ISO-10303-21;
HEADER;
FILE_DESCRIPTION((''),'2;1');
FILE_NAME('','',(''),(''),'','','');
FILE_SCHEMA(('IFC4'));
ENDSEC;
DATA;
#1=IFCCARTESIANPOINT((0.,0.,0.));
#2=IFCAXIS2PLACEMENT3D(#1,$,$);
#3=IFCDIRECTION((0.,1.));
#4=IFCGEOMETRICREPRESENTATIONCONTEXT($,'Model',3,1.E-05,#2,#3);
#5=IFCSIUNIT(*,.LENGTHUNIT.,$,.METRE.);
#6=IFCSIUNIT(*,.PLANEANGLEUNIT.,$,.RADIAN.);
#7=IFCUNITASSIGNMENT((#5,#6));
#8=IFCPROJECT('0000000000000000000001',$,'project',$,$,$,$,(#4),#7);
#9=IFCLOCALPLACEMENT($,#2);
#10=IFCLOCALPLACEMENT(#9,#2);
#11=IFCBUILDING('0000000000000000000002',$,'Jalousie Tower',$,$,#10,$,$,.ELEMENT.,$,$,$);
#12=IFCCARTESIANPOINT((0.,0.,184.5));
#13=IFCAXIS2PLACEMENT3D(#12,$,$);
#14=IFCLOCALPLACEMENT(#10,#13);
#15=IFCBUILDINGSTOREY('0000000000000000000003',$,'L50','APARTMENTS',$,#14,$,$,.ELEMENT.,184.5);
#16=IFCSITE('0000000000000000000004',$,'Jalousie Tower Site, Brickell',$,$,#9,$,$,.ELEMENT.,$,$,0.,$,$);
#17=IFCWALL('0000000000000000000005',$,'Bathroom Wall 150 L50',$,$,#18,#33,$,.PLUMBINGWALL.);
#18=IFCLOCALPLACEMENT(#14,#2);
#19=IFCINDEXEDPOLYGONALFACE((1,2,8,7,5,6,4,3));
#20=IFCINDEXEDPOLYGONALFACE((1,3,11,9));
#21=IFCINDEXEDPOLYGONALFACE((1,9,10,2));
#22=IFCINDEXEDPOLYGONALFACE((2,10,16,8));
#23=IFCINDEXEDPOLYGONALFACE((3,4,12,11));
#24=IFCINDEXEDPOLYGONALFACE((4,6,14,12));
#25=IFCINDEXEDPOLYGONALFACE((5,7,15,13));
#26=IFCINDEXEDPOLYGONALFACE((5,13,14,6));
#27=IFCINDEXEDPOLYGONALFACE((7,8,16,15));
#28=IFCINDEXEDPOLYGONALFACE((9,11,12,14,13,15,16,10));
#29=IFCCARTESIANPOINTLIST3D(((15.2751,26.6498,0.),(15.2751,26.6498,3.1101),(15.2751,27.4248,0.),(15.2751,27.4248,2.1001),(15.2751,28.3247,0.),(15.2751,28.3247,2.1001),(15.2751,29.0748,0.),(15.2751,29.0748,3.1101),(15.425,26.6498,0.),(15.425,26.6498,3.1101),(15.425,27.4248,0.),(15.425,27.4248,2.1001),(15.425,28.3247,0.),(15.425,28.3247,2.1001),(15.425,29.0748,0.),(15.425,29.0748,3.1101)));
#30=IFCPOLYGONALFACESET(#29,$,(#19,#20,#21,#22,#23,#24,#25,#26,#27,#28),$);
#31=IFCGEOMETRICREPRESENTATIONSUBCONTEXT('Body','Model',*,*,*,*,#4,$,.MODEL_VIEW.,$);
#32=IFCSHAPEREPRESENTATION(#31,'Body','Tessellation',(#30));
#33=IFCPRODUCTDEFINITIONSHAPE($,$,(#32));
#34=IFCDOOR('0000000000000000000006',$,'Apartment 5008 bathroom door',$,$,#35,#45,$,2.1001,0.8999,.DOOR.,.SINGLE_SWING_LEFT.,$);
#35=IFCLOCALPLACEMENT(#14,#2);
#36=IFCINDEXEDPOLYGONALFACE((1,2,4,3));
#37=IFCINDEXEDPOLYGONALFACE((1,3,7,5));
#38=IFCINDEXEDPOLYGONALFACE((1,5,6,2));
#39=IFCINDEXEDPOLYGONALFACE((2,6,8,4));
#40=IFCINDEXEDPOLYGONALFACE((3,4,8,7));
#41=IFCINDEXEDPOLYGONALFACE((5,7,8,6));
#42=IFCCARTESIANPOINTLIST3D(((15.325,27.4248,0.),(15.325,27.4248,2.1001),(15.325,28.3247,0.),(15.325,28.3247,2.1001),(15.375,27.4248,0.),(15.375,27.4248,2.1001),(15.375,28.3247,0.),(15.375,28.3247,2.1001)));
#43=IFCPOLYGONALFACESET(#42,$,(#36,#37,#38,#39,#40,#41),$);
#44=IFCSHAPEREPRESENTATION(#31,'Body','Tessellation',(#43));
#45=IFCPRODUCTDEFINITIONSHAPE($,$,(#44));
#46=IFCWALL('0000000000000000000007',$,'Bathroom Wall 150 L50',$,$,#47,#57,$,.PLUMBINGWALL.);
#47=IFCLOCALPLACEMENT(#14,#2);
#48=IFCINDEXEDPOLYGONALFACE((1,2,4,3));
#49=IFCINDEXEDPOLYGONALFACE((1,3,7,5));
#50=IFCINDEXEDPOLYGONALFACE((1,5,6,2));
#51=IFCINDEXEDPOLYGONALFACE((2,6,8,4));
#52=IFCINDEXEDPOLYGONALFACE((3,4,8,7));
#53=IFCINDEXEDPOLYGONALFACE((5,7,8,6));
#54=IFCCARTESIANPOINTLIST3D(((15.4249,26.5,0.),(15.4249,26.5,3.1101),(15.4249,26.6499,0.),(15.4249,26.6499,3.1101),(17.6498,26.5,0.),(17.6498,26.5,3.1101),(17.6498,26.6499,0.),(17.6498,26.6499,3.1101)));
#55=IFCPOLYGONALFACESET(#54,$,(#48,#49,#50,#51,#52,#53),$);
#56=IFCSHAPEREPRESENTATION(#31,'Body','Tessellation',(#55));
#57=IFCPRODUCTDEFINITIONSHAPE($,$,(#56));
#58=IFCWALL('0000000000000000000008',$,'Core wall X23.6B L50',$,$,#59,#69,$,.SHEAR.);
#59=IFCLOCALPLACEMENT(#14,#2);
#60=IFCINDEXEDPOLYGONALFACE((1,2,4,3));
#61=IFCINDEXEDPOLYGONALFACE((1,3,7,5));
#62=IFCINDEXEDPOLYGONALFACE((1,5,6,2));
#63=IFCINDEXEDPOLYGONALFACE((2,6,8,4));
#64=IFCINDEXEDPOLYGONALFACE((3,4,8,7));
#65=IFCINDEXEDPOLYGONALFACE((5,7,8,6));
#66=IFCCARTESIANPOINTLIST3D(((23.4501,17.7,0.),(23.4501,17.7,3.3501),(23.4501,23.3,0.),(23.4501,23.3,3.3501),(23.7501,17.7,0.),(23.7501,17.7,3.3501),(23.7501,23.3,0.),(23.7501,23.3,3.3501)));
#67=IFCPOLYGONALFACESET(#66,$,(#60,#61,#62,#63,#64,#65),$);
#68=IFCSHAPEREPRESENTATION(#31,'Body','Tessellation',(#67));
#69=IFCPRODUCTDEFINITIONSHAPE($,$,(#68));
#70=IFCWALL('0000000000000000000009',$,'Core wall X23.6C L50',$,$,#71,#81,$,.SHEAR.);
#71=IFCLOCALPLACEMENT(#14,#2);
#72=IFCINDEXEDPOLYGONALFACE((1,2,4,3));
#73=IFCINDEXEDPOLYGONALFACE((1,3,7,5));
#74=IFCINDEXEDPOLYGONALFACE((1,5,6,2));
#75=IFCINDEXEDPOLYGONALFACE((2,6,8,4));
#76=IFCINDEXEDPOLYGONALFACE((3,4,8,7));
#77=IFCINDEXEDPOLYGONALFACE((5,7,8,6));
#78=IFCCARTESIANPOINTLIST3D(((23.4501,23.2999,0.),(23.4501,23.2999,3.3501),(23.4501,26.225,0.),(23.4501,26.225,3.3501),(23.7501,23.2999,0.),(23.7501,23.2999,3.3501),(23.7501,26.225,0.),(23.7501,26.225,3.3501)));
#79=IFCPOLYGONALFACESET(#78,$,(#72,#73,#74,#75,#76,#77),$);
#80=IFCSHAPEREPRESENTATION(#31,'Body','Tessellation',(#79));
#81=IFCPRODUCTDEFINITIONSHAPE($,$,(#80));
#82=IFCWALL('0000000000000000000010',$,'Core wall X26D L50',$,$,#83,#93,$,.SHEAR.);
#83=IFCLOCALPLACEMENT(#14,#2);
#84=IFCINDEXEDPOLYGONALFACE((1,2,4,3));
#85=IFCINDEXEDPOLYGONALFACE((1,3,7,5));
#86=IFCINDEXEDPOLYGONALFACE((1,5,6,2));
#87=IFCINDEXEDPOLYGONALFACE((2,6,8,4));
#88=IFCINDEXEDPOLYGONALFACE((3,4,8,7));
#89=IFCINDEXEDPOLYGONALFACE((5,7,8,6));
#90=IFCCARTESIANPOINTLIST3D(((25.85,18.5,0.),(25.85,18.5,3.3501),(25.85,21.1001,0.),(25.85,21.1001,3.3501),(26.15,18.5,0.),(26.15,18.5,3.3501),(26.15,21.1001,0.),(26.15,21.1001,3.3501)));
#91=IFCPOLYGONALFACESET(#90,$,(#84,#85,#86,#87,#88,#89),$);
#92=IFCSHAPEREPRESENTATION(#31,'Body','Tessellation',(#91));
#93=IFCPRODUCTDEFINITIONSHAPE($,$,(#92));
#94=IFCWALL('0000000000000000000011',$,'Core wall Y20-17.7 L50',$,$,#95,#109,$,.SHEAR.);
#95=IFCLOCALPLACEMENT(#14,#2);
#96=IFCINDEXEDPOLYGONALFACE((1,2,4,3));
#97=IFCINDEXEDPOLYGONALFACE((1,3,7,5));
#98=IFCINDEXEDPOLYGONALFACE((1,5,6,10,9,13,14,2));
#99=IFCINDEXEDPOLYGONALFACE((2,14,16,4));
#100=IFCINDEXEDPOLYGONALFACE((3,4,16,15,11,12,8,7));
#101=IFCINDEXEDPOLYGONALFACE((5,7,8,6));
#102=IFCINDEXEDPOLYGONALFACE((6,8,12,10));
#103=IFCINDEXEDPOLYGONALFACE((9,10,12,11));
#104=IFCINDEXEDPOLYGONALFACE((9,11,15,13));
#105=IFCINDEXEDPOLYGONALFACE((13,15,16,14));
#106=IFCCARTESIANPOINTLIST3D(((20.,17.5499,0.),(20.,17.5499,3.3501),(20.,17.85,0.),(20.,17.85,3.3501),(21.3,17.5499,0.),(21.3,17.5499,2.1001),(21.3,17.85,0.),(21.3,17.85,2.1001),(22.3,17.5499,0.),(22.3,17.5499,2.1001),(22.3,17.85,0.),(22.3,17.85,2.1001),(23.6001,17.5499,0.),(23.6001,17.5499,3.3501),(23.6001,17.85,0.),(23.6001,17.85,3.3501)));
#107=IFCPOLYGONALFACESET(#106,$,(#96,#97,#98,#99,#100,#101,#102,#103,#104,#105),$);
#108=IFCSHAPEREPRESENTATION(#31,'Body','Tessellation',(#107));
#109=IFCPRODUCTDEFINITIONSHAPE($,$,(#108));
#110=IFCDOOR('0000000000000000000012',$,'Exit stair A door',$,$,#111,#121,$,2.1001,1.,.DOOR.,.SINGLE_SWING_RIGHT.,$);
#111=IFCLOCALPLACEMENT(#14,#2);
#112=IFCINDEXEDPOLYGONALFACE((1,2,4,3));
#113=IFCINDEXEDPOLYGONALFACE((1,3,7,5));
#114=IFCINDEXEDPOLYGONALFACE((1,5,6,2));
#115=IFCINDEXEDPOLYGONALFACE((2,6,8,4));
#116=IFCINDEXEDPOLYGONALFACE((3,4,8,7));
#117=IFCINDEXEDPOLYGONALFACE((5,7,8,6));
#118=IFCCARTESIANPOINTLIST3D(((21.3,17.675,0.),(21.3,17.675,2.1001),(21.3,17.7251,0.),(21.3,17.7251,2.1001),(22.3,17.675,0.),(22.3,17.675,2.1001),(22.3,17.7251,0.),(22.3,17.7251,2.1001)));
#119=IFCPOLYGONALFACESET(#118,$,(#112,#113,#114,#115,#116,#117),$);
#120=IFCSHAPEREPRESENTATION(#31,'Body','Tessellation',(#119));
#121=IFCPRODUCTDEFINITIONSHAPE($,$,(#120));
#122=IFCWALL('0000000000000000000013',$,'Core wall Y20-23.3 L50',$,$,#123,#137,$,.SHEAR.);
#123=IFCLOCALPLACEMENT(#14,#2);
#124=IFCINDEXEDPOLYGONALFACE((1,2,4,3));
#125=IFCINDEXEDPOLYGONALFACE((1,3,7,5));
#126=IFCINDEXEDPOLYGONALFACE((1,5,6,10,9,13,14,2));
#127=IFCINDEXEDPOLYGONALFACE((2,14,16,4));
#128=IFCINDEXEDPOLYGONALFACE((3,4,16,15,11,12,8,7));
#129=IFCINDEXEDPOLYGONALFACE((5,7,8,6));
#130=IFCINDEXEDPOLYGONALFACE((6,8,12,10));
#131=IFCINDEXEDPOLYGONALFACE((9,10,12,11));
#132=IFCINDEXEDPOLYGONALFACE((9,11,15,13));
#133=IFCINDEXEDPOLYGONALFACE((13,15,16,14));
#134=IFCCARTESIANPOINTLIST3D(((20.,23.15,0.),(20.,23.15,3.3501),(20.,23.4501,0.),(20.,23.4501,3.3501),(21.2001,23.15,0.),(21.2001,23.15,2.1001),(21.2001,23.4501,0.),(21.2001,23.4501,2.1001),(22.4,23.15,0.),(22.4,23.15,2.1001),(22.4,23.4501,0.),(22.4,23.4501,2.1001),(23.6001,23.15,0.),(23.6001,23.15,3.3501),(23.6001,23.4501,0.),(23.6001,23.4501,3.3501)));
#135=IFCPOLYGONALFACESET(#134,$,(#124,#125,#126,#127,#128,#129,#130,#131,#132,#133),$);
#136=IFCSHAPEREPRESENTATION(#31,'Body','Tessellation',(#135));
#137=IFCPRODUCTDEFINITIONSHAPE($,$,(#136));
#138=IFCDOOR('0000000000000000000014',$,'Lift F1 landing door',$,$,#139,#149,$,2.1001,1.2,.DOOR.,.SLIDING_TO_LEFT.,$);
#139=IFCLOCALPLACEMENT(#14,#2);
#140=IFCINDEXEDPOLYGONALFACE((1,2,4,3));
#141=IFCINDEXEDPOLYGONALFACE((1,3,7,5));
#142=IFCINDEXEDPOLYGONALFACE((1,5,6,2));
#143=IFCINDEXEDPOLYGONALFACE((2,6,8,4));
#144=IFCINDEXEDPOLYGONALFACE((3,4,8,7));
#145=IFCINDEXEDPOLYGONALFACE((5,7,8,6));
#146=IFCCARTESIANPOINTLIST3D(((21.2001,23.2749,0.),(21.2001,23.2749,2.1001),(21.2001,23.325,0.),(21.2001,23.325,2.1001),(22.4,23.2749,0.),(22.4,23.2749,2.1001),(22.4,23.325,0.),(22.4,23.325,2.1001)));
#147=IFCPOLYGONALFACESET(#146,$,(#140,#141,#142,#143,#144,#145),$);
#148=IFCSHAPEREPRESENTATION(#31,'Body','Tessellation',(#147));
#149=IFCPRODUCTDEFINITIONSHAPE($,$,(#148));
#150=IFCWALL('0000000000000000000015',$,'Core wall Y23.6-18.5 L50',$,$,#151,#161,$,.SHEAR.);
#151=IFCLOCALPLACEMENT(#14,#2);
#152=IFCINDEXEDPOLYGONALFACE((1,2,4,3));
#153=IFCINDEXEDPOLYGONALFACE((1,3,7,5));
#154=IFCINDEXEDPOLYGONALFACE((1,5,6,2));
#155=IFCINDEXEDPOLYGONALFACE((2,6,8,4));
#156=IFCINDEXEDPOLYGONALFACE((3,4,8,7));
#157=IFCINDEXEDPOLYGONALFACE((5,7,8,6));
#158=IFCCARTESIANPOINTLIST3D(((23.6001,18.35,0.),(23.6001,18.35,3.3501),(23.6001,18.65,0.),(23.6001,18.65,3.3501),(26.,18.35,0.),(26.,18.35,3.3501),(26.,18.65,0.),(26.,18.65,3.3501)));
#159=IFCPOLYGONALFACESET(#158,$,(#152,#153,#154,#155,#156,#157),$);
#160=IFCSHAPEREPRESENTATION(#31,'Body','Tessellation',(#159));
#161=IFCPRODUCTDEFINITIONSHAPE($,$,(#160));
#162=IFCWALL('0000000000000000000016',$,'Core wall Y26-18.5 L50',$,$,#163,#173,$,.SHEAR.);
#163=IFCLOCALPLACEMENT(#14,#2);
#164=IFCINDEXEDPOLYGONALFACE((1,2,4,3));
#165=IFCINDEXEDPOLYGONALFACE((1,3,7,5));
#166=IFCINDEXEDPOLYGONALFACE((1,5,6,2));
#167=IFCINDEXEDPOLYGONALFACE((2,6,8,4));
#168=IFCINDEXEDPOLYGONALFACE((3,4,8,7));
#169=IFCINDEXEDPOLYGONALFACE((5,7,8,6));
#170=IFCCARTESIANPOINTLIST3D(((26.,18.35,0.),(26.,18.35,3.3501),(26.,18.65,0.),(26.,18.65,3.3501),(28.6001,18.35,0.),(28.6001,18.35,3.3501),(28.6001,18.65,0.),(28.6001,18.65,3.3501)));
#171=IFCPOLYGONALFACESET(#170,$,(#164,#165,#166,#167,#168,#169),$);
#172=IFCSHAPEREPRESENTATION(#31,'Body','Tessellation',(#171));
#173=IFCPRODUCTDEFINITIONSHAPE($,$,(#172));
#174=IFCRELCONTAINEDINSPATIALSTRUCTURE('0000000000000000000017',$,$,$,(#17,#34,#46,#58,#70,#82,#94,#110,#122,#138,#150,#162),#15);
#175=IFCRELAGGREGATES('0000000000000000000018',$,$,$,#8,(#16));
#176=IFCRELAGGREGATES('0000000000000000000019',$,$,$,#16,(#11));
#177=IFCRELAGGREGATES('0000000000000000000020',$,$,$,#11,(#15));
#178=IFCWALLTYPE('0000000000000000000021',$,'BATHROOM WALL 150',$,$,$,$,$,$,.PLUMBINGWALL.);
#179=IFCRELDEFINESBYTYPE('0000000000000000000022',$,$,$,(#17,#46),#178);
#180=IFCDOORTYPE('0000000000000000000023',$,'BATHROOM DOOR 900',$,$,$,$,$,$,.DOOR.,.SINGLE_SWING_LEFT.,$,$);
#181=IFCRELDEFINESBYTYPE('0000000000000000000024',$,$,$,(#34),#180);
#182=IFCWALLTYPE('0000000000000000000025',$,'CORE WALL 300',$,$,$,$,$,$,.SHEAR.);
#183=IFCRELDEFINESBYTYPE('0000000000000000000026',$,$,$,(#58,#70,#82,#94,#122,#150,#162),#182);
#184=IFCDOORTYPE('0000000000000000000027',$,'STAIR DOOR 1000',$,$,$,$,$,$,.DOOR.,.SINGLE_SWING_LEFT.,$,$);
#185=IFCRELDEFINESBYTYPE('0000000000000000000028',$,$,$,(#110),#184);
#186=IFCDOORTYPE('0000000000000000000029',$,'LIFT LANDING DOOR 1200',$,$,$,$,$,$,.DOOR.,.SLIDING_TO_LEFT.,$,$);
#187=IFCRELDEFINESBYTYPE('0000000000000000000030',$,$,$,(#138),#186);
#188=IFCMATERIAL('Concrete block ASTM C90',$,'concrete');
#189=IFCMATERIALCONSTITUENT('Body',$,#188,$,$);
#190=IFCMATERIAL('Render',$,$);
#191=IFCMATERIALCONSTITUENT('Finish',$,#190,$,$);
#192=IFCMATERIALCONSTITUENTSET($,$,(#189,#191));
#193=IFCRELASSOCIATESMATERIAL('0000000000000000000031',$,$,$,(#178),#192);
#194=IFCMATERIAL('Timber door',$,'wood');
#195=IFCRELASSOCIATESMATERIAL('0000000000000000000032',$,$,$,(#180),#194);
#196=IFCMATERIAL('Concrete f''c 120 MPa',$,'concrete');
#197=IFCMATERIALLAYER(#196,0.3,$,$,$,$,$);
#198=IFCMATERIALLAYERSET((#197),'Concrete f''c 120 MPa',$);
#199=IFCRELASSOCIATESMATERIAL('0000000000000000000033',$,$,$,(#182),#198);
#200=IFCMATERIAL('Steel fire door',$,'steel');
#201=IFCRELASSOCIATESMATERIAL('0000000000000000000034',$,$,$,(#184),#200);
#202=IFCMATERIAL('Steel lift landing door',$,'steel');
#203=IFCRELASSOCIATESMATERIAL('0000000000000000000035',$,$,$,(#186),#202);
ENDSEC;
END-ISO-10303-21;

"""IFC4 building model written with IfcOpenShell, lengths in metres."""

from ifc_helpers import new_model, si_unit, direction, frame, frame_2d, origin, place, context, subcontext, project, spatial, rectangle, extrude, material, layer, layer_set, constituent, constituent_set, type_object, element, fill, save


model = new_model("IFC4")

# Units and contexts
model_context = context("Model", 3, precision=1e-05, world=origin(), true_north=direction((0.0, 1.0)))
body_context = subcontext(model_context, "Body", "Model", "MODEL_VIEW")
ifc_project = project(units=[si_unit("LENGTHUNIT", "METRE"), si_unit("PLANEANGLEUNIT", "RADIAN")], contexts=[model_context])

# Site, building, storey
site_placement = place(None, origin())
site = spatial("IfcSite", under=ifc_project, at=site_placement, Name="Jalousie Tower Site, Brickell", CompositionType="ELEMENT", RefElevation=0.0)
building_placement = place(site_placement, origin())
building = spatial("IfcBuilding", under=site, at=building_placement, Name="Jalousie Tower", CompositionType="ELEMENT")
storey_placement = place(building_placement, frame((0.0, 0.0, 184.5)))
storey = spatial("IfcBuildingStorey", under=building, at=storey_placement, Name="L50", Description="APARTMENTS", CompositionType="ELEMENT", Elevation=184.5)

# Wall, opening, door
ifc_material_1 = material(Name="Concrete block ASTM C90", Category="concrete")
ifc_constituent_1 = constituent(ifc_material_1, Name="Body")
ifc_material_2 = material(Name="Render")
ifc_constituent_2 = constituent(ifc_material_2, Name="Finish")
ifc_constituent_set = constituent_set(constituents=[ifc_constituent_1, ifc_constituent_2])
wall_type_1 = type_object("IfcWallType", Name="BATHROOM WALL 150", PredefinedType="PLUMBINGWALL", material=ifc_constituent_set)
wall_1_placement = place(storey_placement, frame((15.3501, 26.6499, 0.0), z_axis=(0.0, 0.0, 1.0), x_axis=(0.0, 1.0, 0.0)))
wall_1 = element("IfcWall", 1, at=wall_1_placement, inside=storey, type_object=wall_type_1, Name="Bathroom Wall 150 L50", PredefinedType="PLUMBINGWALL", context=body_context, shape_type="SweptSolid", body=[
    extrude(rectangle(XDim=2.425, YDim=0.1499, at=frame_2d((1.2124, 0.0))), origin(), (0.0, 0.0, 1.0), 3.1101),
])
opening_1_placement = place(wall_1_placement, frame((0.7749, 0.0, 0.0)))
opening_1 = element("IfcOpeningElement", 2, at=opening_1_placement, cuts=wall_1, PredefinedType="OPENING", context=body_context, shape_type="SweptSolid", body=[
    extrude(rectangle(XDim=0.8999, YDim=2.1001, at=frame_2d((0.45, 1.05))), frame((0.0, 0.085, 0.0), z_axis=(0.0, -1.0, 0.0), x_axis=(1.0, 0.0, 0.0)), (0.0, 0.0, 1.0), 0.1699),
])
ifc_material_3 = material(Name="Timber door", Category="wood")
door_type_1 = type_object("IfcDoorType", Name="BATHROOM DOOR 900", OperationType="SINGLE_SWING_LEFT", PredefinedType="DOOR", material=ifc_material_3)
door_1_placement = place(opening_1_placement, frame((0.8999, 0.0, 0.0), z_axis=(0.0, 0.0, 1.0), x_axis=(-1.0, 0.0, 0.0)))
door_1 = element("IfcDoor", 3, at=door_1_placement, inside=storey, type_object=door_type_1, Name="Apartment 5008 bathroom door", OperationType="SINGLE_SWING_LEFT", OverallHeight=2.1001, OverallWidth=0.8999, PredefinedType="DOOR", context=body_context, shape_type="SweptSolid", body=[
    extrude(rectangle(XDim=0.8999, YDim=2.1001, at=frame_2d((0.45, 1.05))), frame((0.0, 0.0249, 0.0), z_axis=(0.0, -1.0, 0.0), x_axis=(1.0, 0.0, 0.0)), (0.0, 0.0, 1.0), 0.05),
])
fill(opening_1, door_1)

# Walls
wall_2_placement = place(storey_placement, frame((15.425, 26.575, 0.0), z_axis=(0.0, 0.0, 1.0), x_axis=(1.0, 0.0, 0.0)))
element("IfcWall", 4, at=wall_2_placement, inside=storey, type_object=wall_type_1, Name="Bathroom Wall 150 L50", PredefinedType="PLUMBINGWALL", context=body_context, shape_type="SweptSolid", body=[
    extrude(rectangle(XDim=2.2249, YDim=0.1499, at=frame_2d((1.1123, 0.0))), origin(), (0.0, 0.0, 1.0), 3.1101),
])
ifc_material_4 = material(Name="Concrete f'c 120 MPa", Category="concrete")
ifc_layer_1 = layer(ifc_material_4, 0.3)
ifc_layer_set_1 = layer_set([ifc_layer_1], Name="Concrete f'c 120 MPa")
wall_type_2 = type_object("IfcWallType", Name="CORE WALL 300", PredefinedType="SHEAR", material=ifc_layer_set_1)
wall_3_placement = place(storey_placement, frame((23.6001, 17.7, 0.0), z_axis=(0.0, 0.0, 1.0), x_axis=(0.0, 1.0, 0.0)))
element("IfcWall", 5, at=wall_3_placement, inside=storey, type_object=wall_type_2, Name="Core wall X23.6B L50", PredefinedType="SHEAR", context=body_context, shape_type="SweptSolid", body=[
    extrude(rectangle(XDim=5.6001, YDim=0.3, at=frame_2d((2.8, 0.0))), origin(), (0.0, 0.0, 1.0), 3.3501),
])
wall_4_placement = place(storey_placement, frame((23.6001, 23.3, 0.0), z_axis=(0.0, 0.0, 1.0), x_axis=(0.0, 1.0, 0.0)))
element("IfcWall", 6, at=wall_4_placement, inside=storey, type_object=wall_type_2, Name="Core wall X23.6C L50", PredefinedType="SHEAR", context=body_context, shape_type="SweptSolid", body=[
    extrude(rectangle(XDim=2.925, YDim=0.3, at=frame_2d((1.4624, 0.0))), origin(), (0.0, 0.0, 1.0), 3.3501),
])
wall_5_placement = place(storey_placement, frame((26.0, 18.5, 0.0), z_axis=(0.0, 0.0, 1.0), x_axis=(0.0, 1.0, 0.0)))
element("IfcWall", 7, at=wall_5_placement, inside=storey, type_object=wall_type_2, Name="Core wall X26D L50", PredefinedType="SHEAR", context=body_context, shape_type="SweptSolid", body=[
    extrude(rectangle(XDim=2.6001, YDim=0.3, at=frame_2d((1.3, 0.0))), origin(), (0.0, 0.0, 1.0), 3.3501),
])

# Walls, openings, doors
wall_6_placement = place(storey_placement, frame((20.0, 17.7, 0.0), z_axis=(0.0, 0.0, 1.0), x_axis=(1.0, 0.0, 0.0)))
wall_6 = element("IfcWall", 8, at=wall_6_placement, inside=storey, type_object=wall_type_2, Name="Core wall Y20-17.7 L50", PredefinedType="SHEAR", context=body_context, shape_type="SweptSolid", body=[
    extrude(rectangle(XDim=3.6001, YDim=0.3, at=frame_2d((1.8, 0.0))), origin(), (0.0, 0.0, 1.0), 3.3501),
])
opening_2_placement = place(wall_6_placement, frame((1.3, 0.0, 0.0)))
opening_2 = element("IfcOpeningElement", 9, at=opening_2_placement, cuts=wall_6, PredefinedType="OPENING", context=body_context, shape_type="SweptSolid", body=[
    extrude(rectangle(XDim=1.0, YDim=2.1001, at=frame_2d((0.5, 1.05))), frame((0.0, 0.1599, 0.0), z_axis=(0.0, -1.0, 0.0), x_axis=(1.0, 0.0, 0.0)), (0.0, 0.0, 1.0), 0.3201),
])
ifc_material_5 = material(Name="Steel fire door", Category="steel")
door_type_2 = type_object("IfcDoorType", Name="STAIR DOOR 1000", OperationType="SINGLE_SWING_LEFT", PredefinedType="DOOR", material=ifc_material_5)
door_2_placement = place(opening_2_placement, frame((1.0, 0.0, 0.0), z_axis=(0.0, 0.0, 1.0), x_axis=(-1.0, 0.0, 0.0)))
door_2 = element("IfcDoor", 10, at=door_2_placement, inside=storey, type_object=door_type_2, Name="Exit stair A door", OperationType="SINGLE_SWING_RIGHT", OverallHeight=2.1001, OverallWidth=1.0, PredefinedType="DOOR", context=body_context, shape_type="SweptSolid", body=[
    extrude(rectangle(XDim=1.0, YDim=2.1001, at=frame_2d((0.5, 1.05))), frame((0.0, 0.0249, 0.0), z_axis=(0.0, -1.0, 0.0), x_axis=(1.0, 0.0, 0.0)), (0.0, 0.0, 1.0), 0.05),
])
fill(opening_2, door_2)
wall_7_placement = place(storey_placement, frame((20.0, 23.3, 0.0), z_axis=(0.0, 0.0, 1.0), x_axis=(1.0, 0.0, 0.0)))
wall_7 = element("IfcWall", 11, at=wall_7_placement, inside=storey, type_object=wall_type_2, Name="Core wall Y20-23.3 L50", PredefinedType="SHEAR", context=body_context, shape_type="SweptSolid", body=[
    extrude(rectangle(XDim=3.6001, YDim=0.3, at=frame_2d((1.8, 0.0))), origin(), (0.0, 0.0, 1.0), 3.3501),
])
opening_3_placement = place(wall_7_placement, frame((1.2, 0.0, 0.0)))
opening_3 = element("IfcOpeningElement", 12, at=opening_3_placement, cuts=wall_7, PredefinedType="OPENING", context=body_context, shape_type="SweptSolid", body=[
    extrude(rectangle(XDim=1.2, YDim=2.1001, at=frame_2d((0.6001, 1.05))), frame((0.0, 0.1599, 0.0), z_axis=(0.0, -1.0, 0.0), x_axis=(1.0, 0.0, 0.0)), (0.0, 0.0, 1.0), 0.3201),
])
ifc_material_6 = material(Name="Steel lift landing door", Category="steel")
door_type_3 = type_object("IfcDoorType", Name="LIFT LANDING DOOR 1200", OperationType="SLIDING_TO_LEFT", PredefinedType="DOOR", material=ifc_material_6)
door_3_placement = place(opening_3_placement, origin())
door_3 = element("IfcDoor", 13, at=door_3_placement, inside=storey, type_object=door_type_3, Name="Lift F1 landing door", OperationType="SLIDING_TO_LEFT", OverallHeight=2.1001, OverallWidth=1.2, PredefinedType="DOOR", context=body_context, shape_type="SweptSolid", body=[
    extrude(rectangle(XDim=1.2, YDim=2.1001, at=frame_2d((0.6001, 1.05))), frame((0.0, 0.0249, 0.0), z_axis=(0.0, -1.0, 0.0), x_axis=(1.0, 0.0, 0.0)), (0.0, 0.0, 1.0), 0.05),
])
fill(opening_3, door_3)

# Walls
wall_8_placement = place(storey_placement, frame((23.6001, 18.5, 0.0), z_axis=(0.0, 0.0, 1.0), x_axis=(1.0, 0.0, 0.0)))
element("IfcWall", 14, at=wall_8_placement, inside=storey, type_object=wall_type_2, Name="Core wall Y23.6-18.5 L50", PredefinedType="SHEAR", context=body_context, shape_type="SweptSolid", body=[
    extrude(rectangle(XDim=2.3999, YDim=0.3, at=frame_2d((1.2, 0.0))), origin(), (0.0, 0.0, 1.0), 3.3501),
])
wall_9_placement = place(storey_placement, frame((26.0, 18.5, 0.0), z_axis=(0.0, 0.0, 1.0), x_axis=(1.0, 0.0, 0.0)))
element("IfcWall", 15, at=wall_9_placement, inside=storey, type_object=wall_type_2, Name="Core wall Y26-18.5 L50", PredefinedType="SHEAR", context=body_context, shape_type="SweptSolid", body=[
    extrude(rectangle(XDim=2.6001, YDim=0.3, at=frame_2d((1.3, 0.0))), origin(), (0.0, 0.0, 1.0), 3.3501),
])

save(model, "model.ifc")
